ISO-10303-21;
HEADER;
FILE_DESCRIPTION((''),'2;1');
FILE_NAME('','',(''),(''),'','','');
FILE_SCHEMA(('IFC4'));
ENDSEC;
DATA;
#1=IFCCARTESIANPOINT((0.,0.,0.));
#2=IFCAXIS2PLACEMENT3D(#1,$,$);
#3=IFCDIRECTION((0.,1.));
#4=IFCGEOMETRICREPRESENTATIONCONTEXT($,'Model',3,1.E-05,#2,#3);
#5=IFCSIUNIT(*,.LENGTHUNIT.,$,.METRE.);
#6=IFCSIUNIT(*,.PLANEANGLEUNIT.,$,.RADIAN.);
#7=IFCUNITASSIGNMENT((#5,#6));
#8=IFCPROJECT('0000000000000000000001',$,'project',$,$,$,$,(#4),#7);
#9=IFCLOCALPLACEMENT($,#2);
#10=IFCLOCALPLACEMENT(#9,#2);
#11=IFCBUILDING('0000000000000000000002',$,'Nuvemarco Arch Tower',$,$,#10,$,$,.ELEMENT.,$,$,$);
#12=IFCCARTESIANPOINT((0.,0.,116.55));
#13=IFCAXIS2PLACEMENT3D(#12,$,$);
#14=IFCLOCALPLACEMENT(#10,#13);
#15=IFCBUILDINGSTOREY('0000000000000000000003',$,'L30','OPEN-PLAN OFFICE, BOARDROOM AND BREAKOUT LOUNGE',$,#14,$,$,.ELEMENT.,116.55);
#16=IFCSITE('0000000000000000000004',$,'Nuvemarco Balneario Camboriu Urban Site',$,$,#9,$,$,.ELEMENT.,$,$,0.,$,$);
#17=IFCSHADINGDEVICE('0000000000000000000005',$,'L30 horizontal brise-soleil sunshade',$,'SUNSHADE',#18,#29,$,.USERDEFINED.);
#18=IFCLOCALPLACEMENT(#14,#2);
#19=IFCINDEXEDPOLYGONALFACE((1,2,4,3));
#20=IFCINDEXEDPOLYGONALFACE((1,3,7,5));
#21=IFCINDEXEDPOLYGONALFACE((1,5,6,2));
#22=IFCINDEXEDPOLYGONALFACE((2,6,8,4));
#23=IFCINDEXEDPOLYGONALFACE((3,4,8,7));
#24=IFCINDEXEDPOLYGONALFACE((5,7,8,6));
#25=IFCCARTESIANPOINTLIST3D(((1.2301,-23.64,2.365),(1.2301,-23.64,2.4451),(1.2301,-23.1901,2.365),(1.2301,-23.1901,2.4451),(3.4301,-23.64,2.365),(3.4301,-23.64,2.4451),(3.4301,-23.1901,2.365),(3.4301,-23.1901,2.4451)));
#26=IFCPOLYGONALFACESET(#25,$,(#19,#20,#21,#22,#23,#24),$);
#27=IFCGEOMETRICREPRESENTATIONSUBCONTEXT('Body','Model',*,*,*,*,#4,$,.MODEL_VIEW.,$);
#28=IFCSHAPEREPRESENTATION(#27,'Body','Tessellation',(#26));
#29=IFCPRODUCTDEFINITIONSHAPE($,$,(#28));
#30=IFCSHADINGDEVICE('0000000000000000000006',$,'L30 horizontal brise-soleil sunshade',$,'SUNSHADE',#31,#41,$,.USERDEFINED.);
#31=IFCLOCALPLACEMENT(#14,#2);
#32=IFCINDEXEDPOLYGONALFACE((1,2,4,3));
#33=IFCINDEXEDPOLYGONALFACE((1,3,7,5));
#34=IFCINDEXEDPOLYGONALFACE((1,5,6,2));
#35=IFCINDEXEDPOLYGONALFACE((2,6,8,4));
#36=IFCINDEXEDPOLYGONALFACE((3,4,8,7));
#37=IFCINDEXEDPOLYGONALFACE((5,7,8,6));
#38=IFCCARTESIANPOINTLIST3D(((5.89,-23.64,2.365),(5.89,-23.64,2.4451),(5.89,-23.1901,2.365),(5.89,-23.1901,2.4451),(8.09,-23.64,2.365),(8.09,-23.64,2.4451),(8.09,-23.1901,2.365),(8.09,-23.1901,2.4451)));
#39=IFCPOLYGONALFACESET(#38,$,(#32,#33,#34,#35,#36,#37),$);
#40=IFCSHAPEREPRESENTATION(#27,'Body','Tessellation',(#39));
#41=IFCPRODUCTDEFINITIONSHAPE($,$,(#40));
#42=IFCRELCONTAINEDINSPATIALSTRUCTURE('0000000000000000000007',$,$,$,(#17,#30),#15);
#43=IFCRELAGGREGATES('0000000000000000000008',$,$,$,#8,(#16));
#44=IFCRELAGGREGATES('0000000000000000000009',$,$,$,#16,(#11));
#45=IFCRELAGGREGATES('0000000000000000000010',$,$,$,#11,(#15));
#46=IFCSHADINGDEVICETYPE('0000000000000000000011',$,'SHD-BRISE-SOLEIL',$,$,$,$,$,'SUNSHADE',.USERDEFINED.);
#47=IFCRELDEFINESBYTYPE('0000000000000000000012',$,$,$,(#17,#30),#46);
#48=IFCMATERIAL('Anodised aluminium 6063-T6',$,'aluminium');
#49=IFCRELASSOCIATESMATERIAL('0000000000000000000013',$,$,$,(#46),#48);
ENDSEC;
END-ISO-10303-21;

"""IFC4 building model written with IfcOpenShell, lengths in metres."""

from ifc_helpers import new_model, si_unit, direction, frame, origin, origin_2d, place, context, subcontext, project, spatial, rectangle, extrude, source, transform, mapped, material, type_object, type_shapes, element, save


model = new_model("IFC4")

# Units and contexts
model_context = context("Model", 3, precision=1e-05, world=origin(), true_north=direction((0.0, 1.0)))
body_context = subcontext(model_context, "Body", "Model", "MODEL_VIEW")
ifc_project = project(units=[si_unit("LENGTHUNIT", "METRE"), si_unit("PLANEANGLEUNIT", "RADIAN")], contexts=[model_context])

# Site, building, storey
site_placement = place(None, origin())
site = spatial("IfcSite", under=ifc_project, at=site_placement, Name="Nuvemarco Balneario Camboriu Urban Site", CompositionType="ELEMENT", RefElevation=0.0)
building_placement = place(site_placement, origin())
building = spatial("IfcBuilding", under=site, at=building_placement, Name="Nuvemarco Arch Tower", CompositionType="ELEMENT")
storey_placement = place(building_placement, frame((0.0, 0.0, 116.55)))
storey = spatial("IfcBuildingStorey", under=building, at=storey_placement, Name="L30", Description="OPEN-PLAN OFFICE, BOARDROOM AND BREAKOUT LOUNGE", CompositionType="ELEMENT", Elevation=116.55)

# Shading devices
ifc_material_1 = material(Name="Anodised aluminium 6063-T6", Category="aluminium")
shading_device_type = type_object("IfcShadingDeviceType", Name="SHD-BRISE-SOLEIL", ElementType="SUNSHADE", PredefinedType="USERDEFINED", material=ifc_material_1)
shared_shape_1 = source(origin(), body_context, "Body", "SweptSolid", [
    extrude(rectangle(XDim=2.2, YDim=0.45, at=origin_2d()), origin(), (0.0, 0.0, 1.0), 0.0801),
])
type_shapes(shading_device_type, [shared_shape_1])
for number, where, z_axis, x_axis, name in (
    (1, (2.3301, -23.415, 2.365), (0.0, 0.0, 1.0), (1.0, 0.0, 0.0), "L30 horizontal brise-soleil sunshade"),
    (2, (6.99, -23.415, 2.365), (0.0, 0.0, 1.0), (1.0, 0.0, 0.0), "L30 horizontal brise-soleil sunshade"),
):
    element("IfcShadingDevice", number, at=place(storey_placement, frame(where, z_axis=z_axis, x_axis=x_axis)), inside=storey, type_object=shading_device_type, Name=name, ObjectType="SUNSHADE", PredefinedType="USERDEFINED", context=body_context, shape_type="MappedRepresentation", body=[
        mapped(shared_shape_1, transform((0.0, 0.0, 0.0), scale=1.0)),
    ])

save(model, "model.ifc")
